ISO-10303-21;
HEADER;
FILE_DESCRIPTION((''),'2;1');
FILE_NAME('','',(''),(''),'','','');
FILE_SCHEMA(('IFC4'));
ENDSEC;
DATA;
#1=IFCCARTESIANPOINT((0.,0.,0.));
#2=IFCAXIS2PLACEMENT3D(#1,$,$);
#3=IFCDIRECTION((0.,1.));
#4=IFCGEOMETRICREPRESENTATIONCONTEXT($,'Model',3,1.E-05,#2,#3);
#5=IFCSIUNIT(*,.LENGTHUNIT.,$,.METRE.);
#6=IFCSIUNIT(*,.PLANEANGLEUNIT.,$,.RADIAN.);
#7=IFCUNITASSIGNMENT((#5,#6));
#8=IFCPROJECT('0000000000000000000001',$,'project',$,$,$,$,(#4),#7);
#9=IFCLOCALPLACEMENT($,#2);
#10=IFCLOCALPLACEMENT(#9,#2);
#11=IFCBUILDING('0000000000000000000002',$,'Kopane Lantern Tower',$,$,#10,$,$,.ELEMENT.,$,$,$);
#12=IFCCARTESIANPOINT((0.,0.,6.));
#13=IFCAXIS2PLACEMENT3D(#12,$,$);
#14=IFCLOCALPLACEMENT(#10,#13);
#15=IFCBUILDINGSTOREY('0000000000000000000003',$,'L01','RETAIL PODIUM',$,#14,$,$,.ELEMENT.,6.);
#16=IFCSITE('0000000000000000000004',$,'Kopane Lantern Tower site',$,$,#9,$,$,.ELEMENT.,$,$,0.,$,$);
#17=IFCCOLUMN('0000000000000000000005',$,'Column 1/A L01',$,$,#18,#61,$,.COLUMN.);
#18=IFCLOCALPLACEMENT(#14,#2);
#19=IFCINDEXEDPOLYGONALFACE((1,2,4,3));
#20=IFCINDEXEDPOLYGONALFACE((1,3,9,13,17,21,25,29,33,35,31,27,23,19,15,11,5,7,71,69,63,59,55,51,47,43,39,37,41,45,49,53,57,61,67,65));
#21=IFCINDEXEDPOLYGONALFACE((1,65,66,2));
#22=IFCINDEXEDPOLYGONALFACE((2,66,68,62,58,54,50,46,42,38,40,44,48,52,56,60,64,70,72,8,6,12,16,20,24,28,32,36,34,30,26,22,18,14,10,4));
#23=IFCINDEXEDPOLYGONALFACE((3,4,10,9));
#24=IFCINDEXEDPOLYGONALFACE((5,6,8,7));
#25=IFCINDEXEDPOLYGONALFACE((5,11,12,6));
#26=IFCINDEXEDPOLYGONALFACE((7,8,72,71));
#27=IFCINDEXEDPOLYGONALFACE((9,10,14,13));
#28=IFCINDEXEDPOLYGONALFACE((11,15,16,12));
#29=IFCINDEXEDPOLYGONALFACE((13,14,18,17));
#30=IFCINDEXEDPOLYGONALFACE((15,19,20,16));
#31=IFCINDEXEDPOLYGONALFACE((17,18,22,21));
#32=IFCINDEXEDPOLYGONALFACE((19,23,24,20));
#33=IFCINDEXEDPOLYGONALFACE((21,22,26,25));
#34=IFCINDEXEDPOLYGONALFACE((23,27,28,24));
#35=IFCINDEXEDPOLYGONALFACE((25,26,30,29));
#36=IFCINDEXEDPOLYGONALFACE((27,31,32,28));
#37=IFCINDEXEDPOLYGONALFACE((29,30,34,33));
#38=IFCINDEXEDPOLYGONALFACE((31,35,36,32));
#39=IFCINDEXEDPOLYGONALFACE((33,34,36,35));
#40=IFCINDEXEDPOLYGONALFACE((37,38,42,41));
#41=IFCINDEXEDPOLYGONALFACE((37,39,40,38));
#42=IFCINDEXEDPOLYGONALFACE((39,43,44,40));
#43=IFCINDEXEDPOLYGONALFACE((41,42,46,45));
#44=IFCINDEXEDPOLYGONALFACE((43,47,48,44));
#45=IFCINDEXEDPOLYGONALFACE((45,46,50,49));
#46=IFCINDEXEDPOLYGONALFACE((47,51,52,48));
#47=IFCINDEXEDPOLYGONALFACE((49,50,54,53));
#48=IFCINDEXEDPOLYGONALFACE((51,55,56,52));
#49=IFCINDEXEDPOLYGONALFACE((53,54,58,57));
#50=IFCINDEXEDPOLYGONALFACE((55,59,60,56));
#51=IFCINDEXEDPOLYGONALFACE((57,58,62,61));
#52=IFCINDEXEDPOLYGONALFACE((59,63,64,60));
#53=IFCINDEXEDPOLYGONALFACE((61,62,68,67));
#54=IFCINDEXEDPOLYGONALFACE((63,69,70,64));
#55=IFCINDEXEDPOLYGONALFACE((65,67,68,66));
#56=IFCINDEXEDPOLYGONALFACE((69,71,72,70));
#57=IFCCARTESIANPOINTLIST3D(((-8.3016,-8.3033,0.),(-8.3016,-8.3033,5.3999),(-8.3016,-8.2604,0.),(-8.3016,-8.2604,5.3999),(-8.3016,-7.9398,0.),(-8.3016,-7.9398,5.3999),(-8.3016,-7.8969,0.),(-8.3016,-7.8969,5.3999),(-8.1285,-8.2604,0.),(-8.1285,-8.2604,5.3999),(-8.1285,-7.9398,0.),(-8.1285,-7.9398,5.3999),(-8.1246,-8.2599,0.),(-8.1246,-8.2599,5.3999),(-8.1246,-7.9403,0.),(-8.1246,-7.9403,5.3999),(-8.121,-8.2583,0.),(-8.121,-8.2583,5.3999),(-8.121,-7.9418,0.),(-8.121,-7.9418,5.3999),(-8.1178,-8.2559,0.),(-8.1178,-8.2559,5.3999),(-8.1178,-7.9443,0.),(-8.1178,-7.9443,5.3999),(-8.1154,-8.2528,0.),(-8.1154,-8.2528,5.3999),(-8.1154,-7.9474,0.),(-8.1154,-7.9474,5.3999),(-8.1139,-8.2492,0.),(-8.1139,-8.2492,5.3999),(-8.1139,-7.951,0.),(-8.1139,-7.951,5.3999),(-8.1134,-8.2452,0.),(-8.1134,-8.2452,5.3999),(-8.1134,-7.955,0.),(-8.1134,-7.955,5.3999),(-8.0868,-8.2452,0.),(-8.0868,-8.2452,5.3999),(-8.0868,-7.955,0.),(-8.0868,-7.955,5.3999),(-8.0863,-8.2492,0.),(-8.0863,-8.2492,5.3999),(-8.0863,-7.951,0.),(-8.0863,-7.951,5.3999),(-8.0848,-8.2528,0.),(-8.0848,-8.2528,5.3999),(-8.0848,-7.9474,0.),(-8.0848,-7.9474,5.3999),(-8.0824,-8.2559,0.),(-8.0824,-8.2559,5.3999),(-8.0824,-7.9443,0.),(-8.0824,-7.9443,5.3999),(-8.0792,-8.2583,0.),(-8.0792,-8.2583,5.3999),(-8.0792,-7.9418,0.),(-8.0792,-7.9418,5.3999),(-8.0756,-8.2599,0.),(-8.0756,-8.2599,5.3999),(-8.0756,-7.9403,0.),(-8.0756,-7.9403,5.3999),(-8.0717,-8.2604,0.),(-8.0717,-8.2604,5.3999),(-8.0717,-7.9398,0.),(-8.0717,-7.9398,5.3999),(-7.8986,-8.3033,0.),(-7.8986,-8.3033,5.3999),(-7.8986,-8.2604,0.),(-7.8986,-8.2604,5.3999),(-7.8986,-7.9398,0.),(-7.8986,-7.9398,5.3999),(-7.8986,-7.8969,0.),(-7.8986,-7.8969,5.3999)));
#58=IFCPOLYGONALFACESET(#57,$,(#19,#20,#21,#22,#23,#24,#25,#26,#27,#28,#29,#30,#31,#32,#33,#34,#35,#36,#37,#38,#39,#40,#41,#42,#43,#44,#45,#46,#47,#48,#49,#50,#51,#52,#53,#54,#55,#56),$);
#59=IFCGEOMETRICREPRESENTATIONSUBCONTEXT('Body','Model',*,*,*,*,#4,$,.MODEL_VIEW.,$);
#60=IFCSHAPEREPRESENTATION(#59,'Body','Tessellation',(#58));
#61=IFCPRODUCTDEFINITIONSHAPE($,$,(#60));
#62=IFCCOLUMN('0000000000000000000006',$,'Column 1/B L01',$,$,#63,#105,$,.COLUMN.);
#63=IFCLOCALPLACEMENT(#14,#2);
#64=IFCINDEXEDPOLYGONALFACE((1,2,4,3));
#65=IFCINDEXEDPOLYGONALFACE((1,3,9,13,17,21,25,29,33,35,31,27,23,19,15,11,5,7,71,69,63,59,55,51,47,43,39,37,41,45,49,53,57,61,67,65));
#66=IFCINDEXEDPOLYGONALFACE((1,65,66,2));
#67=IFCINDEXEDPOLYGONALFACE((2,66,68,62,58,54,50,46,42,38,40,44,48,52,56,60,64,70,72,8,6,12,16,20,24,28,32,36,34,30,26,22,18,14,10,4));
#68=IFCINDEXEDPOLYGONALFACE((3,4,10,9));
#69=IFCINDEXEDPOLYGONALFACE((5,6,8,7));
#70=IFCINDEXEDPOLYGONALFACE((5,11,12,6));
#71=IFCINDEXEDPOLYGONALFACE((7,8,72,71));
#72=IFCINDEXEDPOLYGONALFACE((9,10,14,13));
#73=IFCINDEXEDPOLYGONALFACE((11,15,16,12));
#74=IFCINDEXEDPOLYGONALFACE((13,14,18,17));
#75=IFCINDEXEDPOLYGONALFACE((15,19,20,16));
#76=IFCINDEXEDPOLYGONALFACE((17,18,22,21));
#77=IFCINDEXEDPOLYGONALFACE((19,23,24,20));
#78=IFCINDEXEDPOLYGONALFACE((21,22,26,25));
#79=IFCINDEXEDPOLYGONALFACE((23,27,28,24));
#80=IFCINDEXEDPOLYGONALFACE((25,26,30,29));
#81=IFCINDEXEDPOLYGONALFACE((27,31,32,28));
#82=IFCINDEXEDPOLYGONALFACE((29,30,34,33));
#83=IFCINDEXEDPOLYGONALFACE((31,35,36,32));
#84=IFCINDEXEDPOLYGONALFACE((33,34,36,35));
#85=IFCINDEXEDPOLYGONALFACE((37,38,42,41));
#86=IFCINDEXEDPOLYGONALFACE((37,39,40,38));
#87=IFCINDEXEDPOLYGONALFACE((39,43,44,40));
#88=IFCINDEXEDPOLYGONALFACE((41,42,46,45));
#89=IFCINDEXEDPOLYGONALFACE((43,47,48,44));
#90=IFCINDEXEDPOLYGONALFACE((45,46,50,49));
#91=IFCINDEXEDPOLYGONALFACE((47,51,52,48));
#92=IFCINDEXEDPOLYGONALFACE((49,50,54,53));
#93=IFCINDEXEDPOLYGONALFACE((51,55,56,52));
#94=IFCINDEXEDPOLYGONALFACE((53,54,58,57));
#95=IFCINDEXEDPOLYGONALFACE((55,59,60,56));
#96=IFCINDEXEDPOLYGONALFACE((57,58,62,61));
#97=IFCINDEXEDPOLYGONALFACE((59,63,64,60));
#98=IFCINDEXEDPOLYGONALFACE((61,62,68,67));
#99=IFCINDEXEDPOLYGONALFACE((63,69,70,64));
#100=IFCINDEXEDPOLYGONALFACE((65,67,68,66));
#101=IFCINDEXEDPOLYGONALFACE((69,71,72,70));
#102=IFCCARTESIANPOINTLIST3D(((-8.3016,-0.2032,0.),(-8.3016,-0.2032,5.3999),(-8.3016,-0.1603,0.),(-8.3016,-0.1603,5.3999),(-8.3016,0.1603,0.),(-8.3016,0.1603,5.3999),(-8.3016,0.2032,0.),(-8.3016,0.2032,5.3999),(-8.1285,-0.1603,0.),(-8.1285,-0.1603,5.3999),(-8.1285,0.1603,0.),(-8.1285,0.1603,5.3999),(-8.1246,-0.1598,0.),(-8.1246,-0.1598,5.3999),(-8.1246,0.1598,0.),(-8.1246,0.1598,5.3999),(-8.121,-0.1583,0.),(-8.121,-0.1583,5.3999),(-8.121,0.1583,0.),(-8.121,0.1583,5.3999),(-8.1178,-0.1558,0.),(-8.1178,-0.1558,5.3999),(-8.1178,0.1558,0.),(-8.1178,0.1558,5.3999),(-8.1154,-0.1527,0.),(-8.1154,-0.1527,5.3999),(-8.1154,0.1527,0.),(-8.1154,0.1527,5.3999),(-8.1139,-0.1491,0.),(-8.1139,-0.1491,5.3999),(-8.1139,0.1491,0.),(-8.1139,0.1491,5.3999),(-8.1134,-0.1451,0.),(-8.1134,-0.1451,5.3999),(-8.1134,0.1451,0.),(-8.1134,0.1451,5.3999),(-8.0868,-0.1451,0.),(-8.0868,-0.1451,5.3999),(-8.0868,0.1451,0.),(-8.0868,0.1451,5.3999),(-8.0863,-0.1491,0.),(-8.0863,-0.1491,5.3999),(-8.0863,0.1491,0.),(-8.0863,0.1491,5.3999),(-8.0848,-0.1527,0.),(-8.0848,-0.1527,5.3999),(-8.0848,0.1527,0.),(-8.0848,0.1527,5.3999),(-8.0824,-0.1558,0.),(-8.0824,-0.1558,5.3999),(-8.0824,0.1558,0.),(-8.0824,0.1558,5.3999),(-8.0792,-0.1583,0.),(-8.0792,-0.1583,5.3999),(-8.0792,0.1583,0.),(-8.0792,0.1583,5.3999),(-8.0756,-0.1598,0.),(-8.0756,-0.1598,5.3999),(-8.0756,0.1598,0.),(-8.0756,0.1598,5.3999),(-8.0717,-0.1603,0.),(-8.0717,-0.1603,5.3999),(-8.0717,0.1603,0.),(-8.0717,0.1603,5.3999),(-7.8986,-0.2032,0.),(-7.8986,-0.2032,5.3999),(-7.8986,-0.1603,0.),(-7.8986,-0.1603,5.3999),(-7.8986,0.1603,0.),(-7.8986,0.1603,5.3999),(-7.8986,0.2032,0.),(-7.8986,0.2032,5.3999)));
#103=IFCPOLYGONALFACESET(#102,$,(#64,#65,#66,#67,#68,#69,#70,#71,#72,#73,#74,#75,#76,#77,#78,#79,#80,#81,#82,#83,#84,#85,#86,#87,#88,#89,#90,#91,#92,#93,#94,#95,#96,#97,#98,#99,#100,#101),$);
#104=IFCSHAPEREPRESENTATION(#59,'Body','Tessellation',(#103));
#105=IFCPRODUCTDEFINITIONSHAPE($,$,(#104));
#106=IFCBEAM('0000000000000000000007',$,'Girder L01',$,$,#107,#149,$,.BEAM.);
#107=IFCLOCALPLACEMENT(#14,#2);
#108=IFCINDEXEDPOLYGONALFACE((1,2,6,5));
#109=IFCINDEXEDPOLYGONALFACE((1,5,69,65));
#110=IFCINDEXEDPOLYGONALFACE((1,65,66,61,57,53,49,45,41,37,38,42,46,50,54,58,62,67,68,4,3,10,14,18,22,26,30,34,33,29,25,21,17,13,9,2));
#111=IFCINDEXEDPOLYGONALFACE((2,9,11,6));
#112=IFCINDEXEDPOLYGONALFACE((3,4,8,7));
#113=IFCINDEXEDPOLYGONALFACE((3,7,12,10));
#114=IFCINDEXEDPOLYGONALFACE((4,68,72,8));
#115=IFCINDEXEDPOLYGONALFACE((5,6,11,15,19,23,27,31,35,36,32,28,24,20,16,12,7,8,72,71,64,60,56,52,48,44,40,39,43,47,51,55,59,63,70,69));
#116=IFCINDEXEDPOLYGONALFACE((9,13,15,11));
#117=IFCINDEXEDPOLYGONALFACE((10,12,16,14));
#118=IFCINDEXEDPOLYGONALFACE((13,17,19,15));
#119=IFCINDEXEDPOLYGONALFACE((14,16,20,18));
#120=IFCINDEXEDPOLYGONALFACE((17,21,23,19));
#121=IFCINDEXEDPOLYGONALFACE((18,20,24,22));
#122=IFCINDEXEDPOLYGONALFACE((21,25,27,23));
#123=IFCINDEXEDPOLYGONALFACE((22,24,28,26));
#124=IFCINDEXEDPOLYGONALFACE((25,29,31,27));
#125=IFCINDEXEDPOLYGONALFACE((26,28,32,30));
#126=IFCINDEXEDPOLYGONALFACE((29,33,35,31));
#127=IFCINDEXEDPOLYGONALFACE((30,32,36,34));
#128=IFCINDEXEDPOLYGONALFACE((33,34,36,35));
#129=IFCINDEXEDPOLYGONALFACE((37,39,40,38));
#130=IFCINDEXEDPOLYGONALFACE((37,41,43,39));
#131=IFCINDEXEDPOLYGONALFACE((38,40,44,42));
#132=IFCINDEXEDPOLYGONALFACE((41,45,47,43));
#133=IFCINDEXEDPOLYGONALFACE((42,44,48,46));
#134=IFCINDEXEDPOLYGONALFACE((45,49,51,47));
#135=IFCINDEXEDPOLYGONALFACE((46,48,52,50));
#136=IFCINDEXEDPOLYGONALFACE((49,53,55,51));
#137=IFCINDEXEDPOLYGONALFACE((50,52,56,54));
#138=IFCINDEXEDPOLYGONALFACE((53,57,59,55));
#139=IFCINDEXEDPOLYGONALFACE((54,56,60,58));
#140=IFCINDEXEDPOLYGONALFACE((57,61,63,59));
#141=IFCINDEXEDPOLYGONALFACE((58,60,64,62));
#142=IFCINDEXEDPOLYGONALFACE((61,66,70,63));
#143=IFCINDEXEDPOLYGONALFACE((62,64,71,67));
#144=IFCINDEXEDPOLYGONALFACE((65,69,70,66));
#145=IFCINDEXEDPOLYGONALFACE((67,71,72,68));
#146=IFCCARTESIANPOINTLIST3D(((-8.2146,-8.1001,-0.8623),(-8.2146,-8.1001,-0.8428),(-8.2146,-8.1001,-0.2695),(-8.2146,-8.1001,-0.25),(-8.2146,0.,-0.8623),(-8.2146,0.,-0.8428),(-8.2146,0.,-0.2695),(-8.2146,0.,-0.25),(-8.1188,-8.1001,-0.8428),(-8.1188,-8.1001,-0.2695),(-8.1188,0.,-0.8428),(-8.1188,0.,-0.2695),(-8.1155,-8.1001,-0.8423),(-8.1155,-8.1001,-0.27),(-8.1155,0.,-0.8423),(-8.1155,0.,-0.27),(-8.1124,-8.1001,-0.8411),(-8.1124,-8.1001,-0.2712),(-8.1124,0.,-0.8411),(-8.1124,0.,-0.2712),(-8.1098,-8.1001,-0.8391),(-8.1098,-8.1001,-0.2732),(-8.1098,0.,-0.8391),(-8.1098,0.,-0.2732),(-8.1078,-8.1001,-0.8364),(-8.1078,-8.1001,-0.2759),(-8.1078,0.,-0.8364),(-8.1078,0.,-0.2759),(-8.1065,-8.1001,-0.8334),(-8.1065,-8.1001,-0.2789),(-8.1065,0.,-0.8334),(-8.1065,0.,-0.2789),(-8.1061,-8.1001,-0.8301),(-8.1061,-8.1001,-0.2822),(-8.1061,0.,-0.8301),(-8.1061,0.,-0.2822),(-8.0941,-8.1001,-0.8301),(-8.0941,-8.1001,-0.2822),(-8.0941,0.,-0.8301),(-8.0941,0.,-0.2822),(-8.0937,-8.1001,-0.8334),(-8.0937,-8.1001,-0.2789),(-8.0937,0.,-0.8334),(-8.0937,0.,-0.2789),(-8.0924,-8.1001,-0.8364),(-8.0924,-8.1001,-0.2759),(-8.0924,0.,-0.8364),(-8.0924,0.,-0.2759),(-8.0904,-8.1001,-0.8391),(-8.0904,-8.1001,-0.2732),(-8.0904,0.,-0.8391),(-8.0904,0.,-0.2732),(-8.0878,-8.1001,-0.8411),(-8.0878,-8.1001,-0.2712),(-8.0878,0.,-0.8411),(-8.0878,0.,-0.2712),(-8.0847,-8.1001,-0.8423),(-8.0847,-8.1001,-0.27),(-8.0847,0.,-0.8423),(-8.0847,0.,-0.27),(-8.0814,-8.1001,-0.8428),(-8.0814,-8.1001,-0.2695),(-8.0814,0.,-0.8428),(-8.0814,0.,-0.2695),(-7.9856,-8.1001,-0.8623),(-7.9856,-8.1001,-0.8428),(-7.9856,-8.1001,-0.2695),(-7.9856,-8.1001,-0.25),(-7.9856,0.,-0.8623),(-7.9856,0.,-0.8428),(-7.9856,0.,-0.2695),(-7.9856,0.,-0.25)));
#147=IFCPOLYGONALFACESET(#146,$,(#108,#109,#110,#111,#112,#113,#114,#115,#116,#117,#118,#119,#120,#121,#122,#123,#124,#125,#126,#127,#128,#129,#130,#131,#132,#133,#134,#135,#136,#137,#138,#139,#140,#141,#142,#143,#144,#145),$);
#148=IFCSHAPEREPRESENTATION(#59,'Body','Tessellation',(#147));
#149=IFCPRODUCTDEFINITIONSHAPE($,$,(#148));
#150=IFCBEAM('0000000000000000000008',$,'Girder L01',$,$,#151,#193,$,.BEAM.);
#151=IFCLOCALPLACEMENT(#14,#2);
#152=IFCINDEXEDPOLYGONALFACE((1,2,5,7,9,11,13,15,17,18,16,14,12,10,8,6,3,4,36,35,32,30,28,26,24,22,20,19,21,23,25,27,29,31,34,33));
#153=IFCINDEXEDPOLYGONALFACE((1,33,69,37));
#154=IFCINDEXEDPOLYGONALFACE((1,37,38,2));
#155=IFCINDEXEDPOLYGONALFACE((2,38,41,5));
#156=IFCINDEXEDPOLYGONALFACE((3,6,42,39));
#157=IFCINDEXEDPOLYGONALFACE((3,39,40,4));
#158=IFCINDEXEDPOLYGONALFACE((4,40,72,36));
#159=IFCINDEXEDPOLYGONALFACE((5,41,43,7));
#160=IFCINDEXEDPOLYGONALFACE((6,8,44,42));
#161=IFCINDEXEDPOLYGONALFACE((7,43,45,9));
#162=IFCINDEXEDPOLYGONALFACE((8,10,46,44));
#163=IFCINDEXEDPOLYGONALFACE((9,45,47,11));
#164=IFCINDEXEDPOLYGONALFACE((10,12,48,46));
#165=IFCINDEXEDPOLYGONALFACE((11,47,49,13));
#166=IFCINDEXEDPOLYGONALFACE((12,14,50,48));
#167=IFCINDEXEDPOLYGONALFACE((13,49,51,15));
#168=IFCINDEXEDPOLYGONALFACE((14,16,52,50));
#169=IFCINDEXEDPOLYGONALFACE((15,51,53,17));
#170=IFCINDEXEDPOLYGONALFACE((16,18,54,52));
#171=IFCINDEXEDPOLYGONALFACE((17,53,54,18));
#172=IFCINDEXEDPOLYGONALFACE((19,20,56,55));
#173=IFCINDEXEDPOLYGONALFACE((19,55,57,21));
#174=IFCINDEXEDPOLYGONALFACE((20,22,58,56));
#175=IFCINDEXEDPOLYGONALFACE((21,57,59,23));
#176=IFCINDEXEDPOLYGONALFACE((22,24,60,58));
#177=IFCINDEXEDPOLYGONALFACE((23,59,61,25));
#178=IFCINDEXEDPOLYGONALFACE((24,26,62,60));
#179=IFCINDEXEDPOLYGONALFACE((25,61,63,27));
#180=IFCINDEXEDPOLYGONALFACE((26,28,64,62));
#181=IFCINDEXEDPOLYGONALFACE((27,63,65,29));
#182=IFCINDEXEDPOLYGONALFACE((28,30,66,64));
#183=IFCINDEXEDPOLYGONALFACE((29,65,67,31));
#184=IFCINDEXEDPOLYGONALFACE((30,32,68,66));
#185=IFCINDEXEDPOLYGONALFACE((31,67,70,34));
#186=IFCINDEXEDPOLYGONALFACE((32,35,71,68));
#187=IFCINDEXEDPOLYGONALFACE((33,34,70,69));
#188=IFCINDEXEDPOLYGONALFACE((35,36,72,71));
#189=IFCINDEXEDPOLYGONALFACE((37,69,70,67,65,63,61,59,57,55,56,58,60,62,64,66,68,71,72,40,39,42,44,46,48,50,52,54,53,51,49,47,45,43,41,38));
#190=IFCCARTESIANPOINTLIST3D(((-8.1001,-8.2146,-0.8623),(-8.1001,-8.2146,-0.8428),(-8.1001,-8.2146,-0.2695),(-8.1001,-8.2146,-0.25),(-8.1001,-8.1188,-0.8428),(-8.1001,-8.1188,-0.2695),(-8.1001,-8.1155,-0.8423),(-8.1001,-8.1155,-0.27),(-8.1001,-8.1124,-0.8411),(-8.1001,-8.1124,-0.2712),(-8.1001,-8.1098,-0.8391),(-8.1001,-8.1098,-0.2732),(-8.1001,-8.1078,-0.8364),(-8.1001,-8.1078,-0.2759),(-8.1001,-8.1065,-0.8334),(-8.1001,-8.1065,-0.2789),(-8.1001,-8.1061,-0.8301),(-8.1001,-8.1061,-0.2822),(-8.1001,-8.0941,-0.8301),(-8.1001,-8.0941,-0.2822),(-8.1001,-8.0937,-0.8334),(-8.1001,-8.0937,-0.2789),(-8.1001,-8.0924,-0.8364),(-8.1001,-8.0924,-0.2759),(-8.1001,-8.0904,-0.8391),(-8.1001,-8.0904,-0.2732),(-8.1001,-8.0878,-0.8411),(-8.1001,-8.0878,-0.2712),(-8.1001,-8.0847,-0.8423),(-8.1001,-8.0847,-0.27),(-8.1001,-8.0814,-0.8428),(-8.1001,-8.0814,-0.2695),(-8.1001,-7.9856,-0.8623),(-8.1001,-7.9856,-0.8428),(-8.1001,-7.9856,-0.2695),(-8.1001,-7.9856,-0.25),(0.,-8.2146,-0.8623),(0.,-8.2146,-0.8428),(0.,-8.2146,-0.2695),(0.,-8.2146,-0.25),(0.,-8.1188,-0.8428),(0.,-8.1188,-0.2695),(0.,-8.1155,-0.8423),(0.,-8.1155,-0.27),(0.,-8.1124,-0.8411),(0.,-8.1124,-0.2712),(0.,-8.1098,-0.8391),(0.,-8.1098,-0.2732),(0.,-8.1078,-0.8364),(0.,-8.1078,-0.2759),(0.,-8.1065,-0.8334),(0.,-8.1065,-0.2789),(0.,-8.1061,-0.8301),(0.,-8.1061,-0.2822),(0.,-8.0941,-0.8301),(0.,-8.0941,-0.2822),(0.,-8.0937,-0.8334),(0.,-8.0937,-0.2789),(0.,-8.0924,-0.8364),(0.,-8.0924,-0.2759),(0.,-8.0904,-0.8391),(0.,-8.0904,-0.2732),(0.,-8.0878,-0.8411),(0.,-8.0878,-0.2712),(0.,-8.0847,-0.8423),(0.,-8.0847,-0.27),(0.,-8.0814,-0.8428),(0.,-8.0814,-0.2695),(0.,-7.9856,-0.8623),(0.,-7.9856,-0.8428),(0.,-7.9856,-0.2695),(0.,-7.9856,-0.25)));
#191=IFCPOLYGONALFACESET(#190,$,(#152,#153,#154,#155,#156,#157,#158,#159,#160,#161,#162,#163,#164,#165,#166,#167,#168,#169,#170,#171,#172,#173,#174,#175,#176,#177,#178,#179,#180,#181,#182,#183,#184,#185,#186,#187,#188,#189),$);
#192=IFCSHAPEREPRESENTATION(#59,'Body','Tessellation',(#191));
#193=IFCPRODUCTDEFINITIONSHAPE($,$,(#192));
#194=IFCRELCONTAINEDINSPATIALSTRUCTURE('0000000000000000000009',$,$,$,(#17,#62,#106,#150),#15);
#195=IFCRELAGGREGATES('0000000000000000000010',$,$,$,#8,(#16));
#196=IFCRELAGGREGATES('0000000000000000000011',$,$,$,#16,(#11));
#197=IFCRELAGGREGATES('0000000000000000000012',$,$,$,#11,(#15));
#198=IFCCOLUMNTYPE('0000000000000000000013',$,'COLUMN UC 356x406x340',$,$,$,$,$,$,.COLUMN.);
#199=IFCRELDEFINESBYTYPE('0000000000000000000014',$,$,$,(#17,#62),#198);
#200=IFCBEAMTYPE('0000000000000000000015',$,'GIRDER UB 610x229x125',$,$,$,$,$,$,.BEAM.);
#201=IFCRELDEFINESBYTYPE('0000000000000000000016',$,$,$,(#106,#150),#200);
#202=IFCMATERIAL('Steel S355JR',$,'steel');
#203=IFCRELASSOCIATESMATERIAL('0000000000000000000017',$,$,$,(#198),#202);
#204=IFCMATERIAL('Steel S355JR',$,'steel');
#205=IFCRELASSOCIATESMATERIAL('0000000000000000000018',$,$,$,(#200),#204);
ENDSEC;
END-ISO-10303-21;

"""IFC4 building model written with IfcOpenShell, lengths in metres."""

from ifc_helpers import new_model, si_unit, direction, frame, origin, origin_2d, place, context, subcontext, project, spatial, i_section, extrude, material, material_profile, profile_set, type_object, element, save


model = new_model("IFC4")

# Units and contexts
model_context = context("Model", 3, precision=1e-05, world=origin(), true_north=direction((0.0, 1.0)))
body_context = subcontext(model_context, "Body", "Model", "MODEL_VIEW")
ifc_project = project(units=[si_unit("LENGTHUNIT", "METRE"), si_unit("PLANEANGLEUNIT", "RADIAN")], contexts=[model_context])

# Site, building, storey
site_placement = place(None, origin())
site = spatial("IfcSite", under=ifc_project, at=site_placement, Name="Kopane Lantern Tower site", CompositionType="ELEMENT", RefElevation=0.0)
building_placement = place(site_placement, origin())
building = spatial("IfcBuilding", under=site, at=building_placement, Name="Kopane Lantern Tower", CompositionType="ELEMENT")
storey_placement = place(building_placement, frame((0.0, 0.0, 6.0)))
storey = spatial("IfcBuildingStorey", under=building, at=storey_placement, Name="L01", Description="RETAIL PODIUM", CompositionType="ELEMENT", Elevation=6.0)

# Columns
ifc_material_1 = material(Name="Steel S355JR", Category="steel")
ifc_material_profile_1 = material_profile(ifc_material_1, i_section(OverallWidth=0.4031, OverallDepth=0.4065, WebThickness=0.0266, FlangeThickness=0.043, FilletRadius=0.0151, at=origin_2d()), Name="UC 356x406x340")
ifc_profile_set_1 = profile_set([ifc_material_profile_1], Name="Steel S355JR")
column_type = type_object("IfcColumnType", Name="COLUMN UC 356x406x340", PredefinedType="COLUMN", material=ifc_profile_set_1)
for number, where, z_axis, x_axis, name in (
    (1, (-8.1001, -8.1001, 0.0), (0.0, 0.0, 1.0), (1.0, 0.0, 0.0), "Column 1/A L01"),
    (2, (-8.1001, 0.0, 0.0), (0.0, 0.0, 1.0), (1.0, 0.0, 0.0), "Column 1/B L01"),
):
    element("IfcColumn", number, at=place(storey_placement, frame(where, z_axis=z_axis, x_axis=x_axis)), inside=storey, type_object=column_type, Name=name, PredefinedType="COLUMN", context=body_context, shape_type="SweptSolid", body=[
        extrude(i_section(OverallWidth=0.4031, OverallDepth=0.4065, WebThickness=0.0266, FlangeThickness=0.043, FilletRadius=0.0151, at=origin_2d()), origin(), (0.0, 0.0, 1.0), 5.3999),
    ])

# Beams
ifc_material_2 = material(Name="Steel S355JR", Category="steel")
ifc_material_profile_2 = material_profile(ifc_material_2, i_section(OverallWidth=0.229, OverallDepth=0.6123, WebThickness=0.012, FlangeThickness=0.0195, FilletRadius=0.0127, at=origin_2d()), Name="UB 610x229x125")
ifc_profile_set_2 = profile_set([ifc_material_profile_2], Name="Steel S355JR")
beam_type = type_object("IfcBeamType", Name="GIRDER UB 610x229x125", PredefinedType="BEAM", material=ifc_profile_set_2)
for number, where, z_axis, x_axis, name in (
    (3, (-8.1001, -8.1001, -0.5562), (0.0, 1.0, 0.0), (-1.0, 0.0, 0.0), "Girder L01"),
    (4, (-8.1001, -8.1001, -0.5562), (1.0, 0.0, 0.0), (0.0, 1.0, 0.0), "Girder L01"),
):
    element("IfcBeam", number, at=place(storey_placement, frame(where, z_axis=z_axis, x_axis=x_axis)), inside=storey, type_object=beam_type, Name=name, PredefinedType="BEAM", context=body_context, shape_type="SweptSolid", body=[
        extrude(i_section(OverallWidth=0.229, OverallDepth=0.6123, WebThickness=0.012, FlangeThickness=0.0195, FilletRadius=0.0127, at=origin_2d()), origin(), (0.0, 0.0, 1.0), 8.1001),
    ])

save(model, "model.ifc")
